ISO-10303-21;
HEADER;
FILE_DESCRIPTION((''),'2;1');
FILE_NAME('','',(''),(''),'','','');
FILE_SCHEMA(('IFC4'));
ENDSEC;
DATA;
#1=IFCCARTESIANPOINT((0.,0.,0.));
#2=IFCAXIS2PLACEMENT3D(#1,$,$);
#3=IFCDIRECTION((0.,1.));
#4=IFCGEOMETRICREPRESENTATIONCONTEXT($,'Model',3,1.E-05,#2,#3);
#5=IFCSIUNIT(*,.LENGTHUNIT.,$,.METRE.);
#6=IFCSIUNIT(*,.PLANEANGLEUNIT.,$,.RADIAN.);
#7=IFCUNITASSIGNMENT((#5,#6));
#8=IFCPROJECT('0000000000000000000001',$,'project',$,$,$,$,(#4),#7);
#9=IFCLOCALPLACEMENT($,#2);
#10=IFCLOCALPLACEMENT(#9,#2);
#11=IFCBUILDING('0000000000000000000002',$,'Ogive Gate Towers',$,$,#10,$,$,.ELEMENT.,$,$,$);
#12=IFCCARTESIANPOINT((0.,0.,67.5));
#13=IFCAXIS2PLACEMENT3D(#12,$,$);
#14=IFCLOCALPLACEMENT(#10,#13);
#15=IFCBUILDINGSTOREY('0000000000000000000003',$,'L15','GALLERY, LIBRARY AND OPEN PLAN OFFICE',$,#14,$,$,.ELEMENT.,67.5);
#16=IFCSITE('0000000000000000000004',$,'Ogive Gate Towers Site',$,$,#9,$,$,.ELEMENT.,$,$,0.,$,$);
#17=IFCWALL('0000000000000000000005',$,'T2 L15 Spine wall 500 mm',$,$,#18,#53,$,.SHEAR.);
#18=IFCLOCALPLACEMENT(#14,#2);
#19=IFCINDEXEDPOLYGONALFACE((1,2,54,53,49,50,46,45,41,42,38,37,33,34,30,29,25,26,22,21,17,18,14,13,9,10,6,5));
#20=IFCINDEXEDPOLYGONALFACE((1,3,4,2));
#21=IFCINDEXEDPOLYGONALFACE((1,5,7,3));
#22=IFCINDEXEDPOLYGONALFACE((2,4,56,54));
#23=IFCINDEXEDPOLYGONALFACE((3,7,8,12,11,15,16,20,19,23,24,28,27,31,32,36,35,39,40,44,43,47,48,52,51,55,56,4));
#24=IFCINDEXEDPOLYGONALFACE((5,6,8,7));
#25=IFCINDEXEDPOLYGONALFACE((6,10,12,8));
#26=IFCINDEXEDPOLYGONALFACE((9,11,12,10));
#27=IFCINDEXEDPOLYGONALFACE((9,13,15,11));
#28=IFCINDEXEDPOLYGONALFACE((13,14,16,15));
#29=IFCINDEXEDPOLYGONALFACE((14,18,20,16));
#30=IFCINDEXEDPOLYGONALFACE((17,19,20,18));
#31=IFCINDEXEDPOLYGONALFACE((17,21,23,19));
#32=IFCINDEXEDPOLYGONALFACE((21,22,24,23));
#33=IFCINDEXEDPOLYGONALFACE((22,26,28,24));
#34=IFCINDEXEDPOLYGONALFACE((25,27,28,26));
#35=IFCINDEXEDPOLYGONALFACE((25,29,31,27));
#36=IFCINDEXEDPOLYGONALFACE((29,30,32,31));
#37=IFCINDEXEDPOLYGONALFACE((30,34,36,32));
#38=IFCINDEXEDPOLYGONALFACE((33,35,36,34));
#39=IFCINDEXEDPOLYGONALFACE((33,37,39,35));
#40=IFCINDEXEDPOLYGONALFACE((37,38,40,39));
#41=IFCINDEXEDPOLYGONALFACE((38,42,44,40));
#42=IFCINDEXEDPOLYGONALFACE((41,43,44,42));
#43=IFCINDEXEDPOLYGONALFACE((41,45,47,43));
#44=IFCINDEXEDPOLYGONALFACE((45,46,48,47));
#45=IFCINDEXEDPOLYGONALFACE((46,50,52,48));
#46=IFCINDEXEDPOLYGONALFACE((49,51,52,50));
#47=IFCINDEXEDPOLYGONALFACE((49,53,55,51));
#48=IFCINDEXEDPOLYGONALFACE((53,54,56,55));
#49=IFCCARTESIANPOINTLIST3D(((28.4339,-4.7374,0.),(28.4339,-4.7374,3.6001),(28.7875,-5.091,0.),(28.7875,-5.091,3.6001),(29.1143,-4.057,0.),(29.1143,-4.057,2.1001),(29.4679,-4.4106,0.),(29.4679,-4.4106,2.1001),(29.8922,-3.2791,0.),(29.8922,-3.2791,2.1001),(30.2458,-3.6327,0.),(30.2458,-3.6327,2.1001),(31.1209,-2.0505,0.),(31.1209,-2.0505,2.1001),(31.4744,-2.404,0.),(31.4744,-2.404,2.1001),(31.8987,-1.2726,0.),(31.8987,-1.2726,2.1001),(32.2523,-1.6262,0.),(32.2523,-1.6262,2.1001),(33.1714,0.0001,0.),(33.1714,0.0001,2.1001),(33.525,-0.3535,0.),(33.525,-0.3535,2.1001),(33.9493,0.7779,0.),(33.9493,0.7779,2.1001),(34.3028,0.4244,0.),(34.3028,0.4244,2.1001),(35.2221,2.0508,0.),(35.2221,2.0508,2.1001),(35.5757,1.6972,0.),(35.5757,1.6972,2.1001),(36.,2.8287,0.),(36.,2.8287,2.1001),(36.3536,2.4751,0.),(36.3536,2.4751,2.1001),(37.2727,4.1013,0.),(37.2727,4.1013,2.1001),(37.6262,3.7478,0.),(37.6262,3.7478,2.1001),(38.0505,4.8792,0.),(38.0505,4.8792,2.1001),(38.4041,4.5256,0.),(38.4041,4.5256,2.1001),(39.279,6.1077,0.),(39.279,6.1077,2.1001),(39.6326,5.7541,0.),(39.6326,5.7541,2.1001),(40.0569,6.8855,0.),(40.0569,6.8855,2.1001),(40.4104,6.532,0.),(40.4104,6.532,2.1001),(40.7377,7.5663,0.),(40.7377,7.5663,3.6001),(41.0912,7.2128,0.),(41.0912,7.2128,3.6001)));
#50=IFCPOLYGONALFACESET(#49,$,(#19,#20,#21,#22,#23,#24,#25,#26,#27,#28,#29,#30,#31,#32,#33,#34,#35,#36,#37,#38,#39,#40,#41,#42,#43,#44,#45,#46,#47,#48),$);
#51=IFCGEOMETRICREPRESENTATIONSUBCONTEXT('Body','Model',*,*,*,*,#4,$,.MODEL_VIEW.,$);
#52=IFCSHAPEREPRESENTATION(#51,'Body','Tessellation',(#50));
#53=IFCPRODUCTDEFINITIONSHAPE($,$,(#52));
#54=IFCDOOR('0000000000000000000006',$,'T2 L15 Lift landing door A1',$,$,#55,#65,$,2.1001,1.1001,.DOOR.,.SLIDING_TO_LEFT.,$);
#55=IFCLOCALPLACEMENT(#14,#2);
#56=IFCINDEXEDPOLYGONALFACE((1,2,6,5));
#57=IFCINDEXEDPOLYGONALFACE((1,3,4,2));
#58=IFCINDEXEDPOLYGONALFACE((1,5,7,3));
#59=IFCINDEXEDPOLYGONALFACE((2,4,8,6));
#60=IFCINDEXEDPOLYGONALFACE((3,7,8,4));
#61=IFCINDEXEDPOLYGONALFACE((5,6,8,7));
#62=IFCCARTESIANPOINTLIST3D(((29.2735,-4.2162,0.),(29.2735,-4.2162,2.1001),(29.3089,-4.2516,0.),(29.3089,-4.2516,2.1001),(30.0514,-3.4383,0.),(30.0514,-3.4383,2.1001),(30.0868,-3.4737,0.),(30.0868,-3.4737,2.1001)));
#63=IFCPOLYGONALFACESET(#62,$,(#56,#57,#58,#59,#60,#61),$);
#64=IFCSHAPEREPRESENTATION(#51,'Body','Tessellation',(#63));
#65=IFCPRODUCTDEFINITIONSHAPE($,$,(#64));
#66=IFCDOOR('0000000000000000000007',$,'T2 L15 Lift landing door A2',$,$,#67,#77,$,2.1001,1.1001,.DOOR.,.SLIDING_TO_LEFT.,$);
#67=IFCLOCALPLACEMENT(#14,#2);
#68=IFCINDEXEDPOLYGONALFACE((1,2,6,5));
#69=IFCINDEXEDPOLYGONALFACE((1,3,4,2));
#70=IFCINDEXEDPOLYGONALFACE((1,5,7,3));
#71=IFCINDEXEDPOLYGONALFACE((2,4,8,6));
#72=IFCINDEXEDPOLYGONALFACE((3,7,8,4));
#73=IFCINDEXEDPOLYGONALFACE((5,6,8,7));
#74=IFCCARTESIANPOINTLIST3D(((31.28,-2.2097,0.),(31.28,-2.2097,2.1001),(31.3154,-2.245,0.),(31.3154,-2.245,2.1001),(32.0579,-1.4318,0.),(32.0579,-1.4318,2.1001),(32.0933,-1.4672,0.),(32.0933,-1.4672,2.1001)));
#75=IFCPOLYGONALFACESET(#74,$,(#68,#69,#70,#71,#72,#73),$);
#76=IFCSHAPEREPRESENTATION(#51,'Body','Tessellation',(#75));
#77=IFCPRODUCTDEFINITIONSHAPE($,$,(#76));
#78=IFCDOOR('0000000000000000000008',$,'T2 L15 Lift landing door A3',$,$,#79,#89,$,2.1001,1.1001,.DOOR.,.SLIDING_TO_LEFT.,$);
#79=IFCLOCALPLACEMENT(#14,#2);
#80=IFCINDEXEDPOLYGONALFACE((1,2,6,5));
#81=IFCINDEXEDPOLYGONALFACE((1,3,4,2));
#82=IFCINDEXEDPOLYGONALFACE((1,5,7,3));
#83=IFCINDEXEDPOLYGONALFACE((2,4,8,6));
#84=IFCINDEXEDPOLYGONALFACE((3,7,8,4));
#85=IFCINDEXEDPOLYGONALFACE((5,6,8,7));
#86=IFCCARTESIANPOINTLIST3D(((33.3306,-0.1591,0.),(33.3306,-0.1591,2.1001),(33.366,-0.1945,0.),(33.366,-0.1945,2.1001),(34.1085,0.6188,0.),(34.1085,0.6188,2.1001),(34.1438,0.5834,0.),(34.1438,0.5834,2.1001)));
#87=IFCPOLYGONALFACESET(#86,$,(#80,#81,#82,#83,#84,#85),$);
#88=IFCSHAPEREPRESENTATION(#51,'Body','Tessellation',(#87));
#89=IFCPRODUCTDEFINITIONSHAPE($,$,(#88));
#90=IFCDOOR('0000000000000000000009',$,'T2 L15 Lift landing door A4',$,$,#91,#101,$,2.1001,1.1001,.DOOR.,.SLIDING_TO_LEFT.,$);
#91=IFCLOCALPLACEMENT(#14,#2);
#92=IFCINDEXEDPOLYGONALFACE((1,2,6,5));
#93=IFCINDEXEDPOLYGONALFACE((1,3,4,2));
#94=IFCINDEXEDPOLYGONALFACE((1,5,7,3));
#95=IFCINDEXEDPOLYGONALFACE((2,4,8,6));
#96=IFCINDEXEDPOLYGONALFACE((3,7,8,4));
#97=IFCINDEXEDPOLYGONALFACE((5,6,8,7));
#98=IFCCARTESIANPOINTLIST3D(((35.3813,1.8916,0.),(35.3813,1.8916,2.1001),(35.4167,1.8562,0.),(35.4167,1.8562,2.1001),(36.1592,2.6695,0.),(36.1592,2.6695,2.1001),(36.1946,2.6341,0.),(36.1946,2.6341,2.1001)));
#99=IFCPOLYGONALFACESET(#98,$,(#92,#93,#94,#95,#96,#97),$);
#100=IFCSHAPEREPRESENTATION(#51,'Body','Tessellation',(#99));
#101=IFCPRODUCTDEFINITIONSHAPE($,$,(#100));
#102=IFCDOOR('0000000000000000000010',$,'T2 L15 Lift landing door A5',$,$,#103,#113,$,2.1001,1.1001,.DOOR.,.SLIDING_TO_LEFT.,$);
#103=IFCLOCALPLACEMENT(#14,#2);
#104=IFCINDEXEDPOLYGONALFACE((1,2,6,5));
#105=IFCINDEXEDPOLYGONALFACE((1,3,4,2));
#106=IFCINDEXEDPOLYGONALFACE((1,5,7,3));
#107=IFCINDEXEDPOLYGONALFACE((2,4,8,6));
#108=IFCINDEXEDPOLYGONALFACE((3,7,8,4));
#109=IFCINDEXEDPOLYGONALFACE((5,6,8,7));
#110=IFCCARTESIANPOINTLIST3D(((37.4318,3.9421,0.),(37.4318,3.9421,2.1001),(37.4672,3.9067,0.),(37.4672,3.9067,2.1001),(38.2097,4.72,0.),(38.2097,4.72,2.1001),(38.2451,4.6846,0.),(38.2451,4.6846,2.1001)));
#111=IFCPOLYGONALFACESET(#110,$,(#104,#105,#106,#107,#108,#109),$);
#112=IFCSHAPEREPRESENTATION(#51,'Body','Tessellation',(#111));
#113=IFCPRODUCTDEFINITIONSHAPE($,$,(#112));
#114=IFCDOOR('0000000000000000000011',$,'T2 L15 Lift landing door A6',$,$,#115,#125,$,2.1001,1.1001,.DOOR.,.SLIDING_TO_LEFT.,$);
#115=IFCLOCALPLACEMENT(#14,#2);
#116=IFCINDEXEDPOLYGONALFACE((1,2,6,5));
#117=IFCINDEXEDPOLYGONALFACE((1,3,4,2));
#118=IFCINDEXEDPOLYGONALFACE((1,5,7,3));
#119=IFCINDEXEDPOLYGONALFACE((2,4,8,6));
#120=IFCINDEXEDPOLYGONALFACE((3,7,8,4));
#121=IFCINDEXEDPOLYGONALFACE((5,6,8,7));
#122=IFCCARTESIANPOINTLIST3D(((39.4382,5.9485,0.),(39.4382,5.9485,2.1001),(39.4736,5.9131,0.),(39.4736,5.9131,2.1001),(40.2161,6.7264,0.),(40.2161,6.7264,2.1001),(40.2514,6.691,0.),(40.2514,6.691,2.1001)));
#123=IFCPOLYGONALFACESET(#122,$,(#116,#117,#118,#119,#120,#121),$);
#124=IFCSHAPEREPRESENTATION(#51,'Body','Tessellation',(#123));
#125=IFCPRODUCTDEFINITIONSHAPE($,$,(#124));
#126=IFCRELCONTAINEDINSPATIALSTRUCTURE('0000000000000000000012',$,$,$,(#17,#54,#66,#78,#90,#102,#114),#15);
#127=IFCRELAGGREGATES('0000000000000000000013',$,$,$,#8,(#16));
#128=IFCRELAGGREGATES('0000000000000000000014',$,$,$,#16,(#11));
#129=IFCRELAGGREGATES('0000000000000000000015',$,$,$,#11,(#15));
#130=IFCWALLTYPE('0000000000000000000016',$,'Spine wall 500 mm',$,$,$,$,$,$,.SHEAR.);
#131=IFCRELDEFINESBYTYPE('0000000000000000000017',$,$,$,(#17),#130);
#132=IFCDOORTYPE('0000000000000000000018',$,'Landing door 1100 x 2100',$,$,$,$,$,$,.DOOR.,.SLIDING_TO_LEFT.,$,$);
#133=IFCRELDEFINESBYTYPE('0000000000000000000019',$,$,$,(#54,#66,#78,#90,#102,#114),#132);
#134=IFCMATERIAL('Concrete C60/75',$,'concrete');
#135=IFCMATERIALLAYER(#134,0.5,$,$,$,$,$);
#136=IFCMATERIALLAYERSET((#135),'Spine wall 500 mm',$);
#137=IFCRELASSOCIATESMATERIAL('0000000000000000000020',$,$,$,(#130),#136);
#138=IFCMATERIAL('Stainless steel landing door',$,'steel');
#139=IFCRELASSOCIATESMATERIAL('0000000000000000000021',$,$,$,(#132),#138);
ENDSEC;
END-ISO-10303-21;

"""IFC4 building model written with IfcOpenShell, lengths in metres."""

from ifc_helpers import new_model, si_unit, direction, frame, frame_2d, origin, place, context, subcontext, project, spatial, rectangle, extrude, material, layer, layer_set, type_object, element, fill, save


model = new_model("IFC4")

# Units and contexts
model_context = context("Model", 3, precision=1e-05, world=origin(), true_north=direction((0.0, 1.0)))
body_context = subcontext(model_context, "Body", "Model", "MODEL_VIEW")
ifc_project = project(units=[si_unit("LENGTHUNIT", "METRE"), si_unit("PLANEANGLEUNIT", "RADIAN")], contexts=[model_context])

# Site, building, storey
site_placement = place(None, origin())
site = spatial("IfcSite", under=ifc_project, at=site_placement, Name="Ogive Gate Towers Site", CompositionType="ELEMENT", RefElevation=0.0)
building_placement = place(site_placement, origin())
building = spatial("IfcBuilding", under=site, at=building_placement, Name="Ogive Gate Towers", CompositionType="ELEMENT")
storey_placement = place(building_placement, frame((0.0, 0.0, 67.5)))
storey = spatial("IfcBuildingStorey", under=building, at=storey_placement, Name="L15", Description="GALLERY, LIBRARY AND OPEN PLAN OFFICE", CompositionType="ELEMENT", Elevation=67.5)

# Shared definitions
ifc_material_1 = material(Name="Concrete C60/75", Category="concrete")

# Wall, openings, doors
ifc_layer_1 = layer(ifc_material_1, 0.5)
ifc_layer_set_1 = layer_set([ifc_layer_1], Name="Spine wall 500 mm")
wall_type_1 = type_object("IfcWallType", Name="Spine wall 500 mm", PredefinedType="SHEAR", material=ifc_layer_set_1)
ifc_material_2 = material(Name="Stainless steel landing door", Category="steel")
wall_1_placement = place(storey_placement, frame((28.6106, -4.9143, 0.0), z_axis=(0.0, 0.0, 1.0), x_axis=(0.707107, 0.707107, 0.0)))
wall_1 = element("IfcWall", 1, at=wall_1_placement, inside=storey, type_object=wall_type_1, Name="T2 L15 Spine wall 500 mm", PredefinedType="SHEAR", context=body_context, shape_type="SweptSolid", body=[
    extrude(rectangle(XDim=17.4001, YDim=0.5, at=frame_2d((8.7002, 0.0))), origin(), (0.0, 0.0, 1.0), 3.6001),
])
opening_1_placement = place(wall_1_placement, frame((0.9624, 0.0, 0.0)))
opening_1 = element("IfcOpeningElement", 2, at=opening_1_placement, cuts=wall_1, PredefinedType="OPENING", context=body_context, shape_type="SweptSolid", body=[
    extrude(rectangle(XDim=1.1001, YDim=2.1001, at=frame_2d((0.55, 1.05))), frame((0.0, 0.26, 0.0), z_axis=(0.0, -1.0, 0.0), x_axis=(1.0, 0.0, 0.0)), (0.0, 0.0, 1.0), 0.52),
])
opening_2_placement = place(wall_1_placement, frame((3.8, 0.0, 0.0)))
opening_2 = element("IfcOpeningElement", 3, at=opening_2_placement, cuts=wall_1, PredefinedType="OPENING", context=body_context, shape_type="SweptSolid", body=[
    extrude(rectangle(XDim=1.1001, YDim=2.1001, at=frame_2d((0.55, 1.05))), frame((0.0, 0.26, 0.0), z_axis=(0.0, -1.0, 0.0), x_axis=(1.0, 0.0, 0.0)), (0.0, 0.0, 1.0), 0.52),
])
opening_3_placement = place(wall_1_placement, frame((6.7, 0.0, 0.0)))
opening_3 = element("IfcOpeningElement", 4, at=opening_3_placement, cuts=wall_1, PredefinedType="OPENING", context=body_context, shape_type="SweptSolid", body=[
    extrude(rectangle(XDim=1.1001, YDim=2.1001, at=frame_2d((0.55, 1.05))), frame((0.0, 0.26, 0.0), z_axis=(0.0, -1.0, 0.0), x_axis=(1.0, 0.0, 0.0)), (0.0, 0.0, 1.0), 0.52),
])
opening_4_placement = place(wall_1_placement, frame((9.6001, 0.0, 0.0)))
opening_4 = element("IfcOpeningElement", 5, at=opening_4_placement, cuts=wall_1, PredefinedType="OPENING", context=body_context, shape_type="SweptSolid", body=[
    extrude(rectangle(XDim=1.1001, YDim=2.1001, at=frame_2d((0.55, 1.05))), frame((0.0, 0.26, 0.0), z_axis=(0.0, -1.0, 0.0), x_axis=(1.0, 0.0, 0.0)), (0.0, 0.0, 1.0), 0.52),
])
opening_5_placement = place(wall_1_placement, frame((12.5, 0.0, 0.0)))
opening_5 = element("IfcOpeningElement", 6, at=opening_5_placement, cuts=wall_1, PredefinedType="OPENING", context=body_context, shape_type="SweptSolid", body=[
    extrude(rectangle(XDim=1.1001, YDim=2.1001, at=frame_2d((0.55, 1.05))), frame((0.0, 0.26, 0.0), z_axis=(0.0, -1.0, 0.0), x_axis=(1.0, 0.0, 0.0)), (0.0, 0.0, 1.0), 0.52),
])
opening_6_placement = place(wall_1_placement, frame((15.3374, 0.0, 0.0)))
opening_6 = element("IfcOpeningElement", 7, at=opening_6_placement, cuts=wall_1, PredefinedType="OPENING", context=body_context, shape_type="SweptSolid", body=[
    extrude(rectangle(XDim=1.1001, YDim=2.1001, at=frame_2d((0.55, 1.05))), frame((0.0, 0.26, 0.0), z_axis=(0.0, -1.0, 0.0), x_axis=(1.0, 0.0, 0.0)), (0.0, 0.0, 1.0), 0.52),
])
door_type_1 = type_object("IfcDoorType", Name="Landing door 1100 x 2100", OperationType="SLIDING_TO_LEFT", PredefinedType="DOOR", material=ifc_material_2)
door_1_placement = place(opening_1_placement, origin())
door_1 = element("IfcDoor", 8, at=door_1_placement, inside=storey, type_object=door_type_1, Name="T2 L15 Lift landing door A1", OperationType="SLIDING_TO_LEFT", OverallHeight=2.1001, OverallWidth=1.1001, PredefinedType="DOOR", context=body_context, shape_type="SweptSolid", body=[
    extrude(rectangle(XDim=1.1001, YDim=2.1001, at=frame_2d((0.55, 1.05))), frame((0.0, 0.0249, 0.0), z_axis=(0.0, -1.0, 0.0), x_axis=(1.0, 0.0, 0.0)), (0.0, 0.0, 1.0), 0.05),
])
fill(opening_1, door_1)
door_2_placement = place(opening_2_placement, origin())
door_2 = element("IfcDoor", 9, at=door_2_placement, inside=storey, type_object=door_type_1, Name="T2 L15 Lift landing door A2", OperationType="SLIDING_TO_LEFT", OverallHeight=2.1001, OverallWidth=1.1001, PredefinedType="DOOR", context=body_context, shape_type="SweptSolid", body=[
    extrude(rectangle(XDim=1.1001, YDim=2.1001, at=frame_2d((0.55, 1.05))), frame((0.0, 0.0249, 0.0), z_axis=(0.0, -1.0, 0.0), x_axis=(1.0, 0.0, 0.0)), (0.0, 0.0, 1.0), 0.05),
])
fill(opening_2, door_2)
door_3_placement = place(opening_3_placement, origin())
door_3 = element("IfcDoor", 10, at=door_3_placement, inside=storey, type_object=door_type_1, Name="T2 L15 Lift landing door A3", OperationType="SLIDING_TO_LEFT", OverallHeight=2.1001, OverallWidth=1.1001, PredefinedType="DOOR", context=body_context, shape_type="SweptSolid", body=[
    extrude(rectangle(XDim=1.1001, YDim=2.1001, at=frame_2d((0.55, 1.05))), frame((0.0, 0.0249, 0.0), z_axis=(0.0, -1.0, 0.0), x_axis=(1.0, 0.0, 0.0)), (0.0, 0.0, 1.0), 0.05),
])
fill(opening_3, door_3)
door_4_placement = place(opening_4_placement, origin())
door_4 = element("IfcDoor", 11, at=door_4_placement, inside=storey, type_object=door_type_1, Name="T2 L15 Lift landing door A4", OperationType="SLIDING_TO_LEFT", OverallHeight=2.1001, OverallWidth=1.1001, PredefinedType="DOOR", context=body_context, shape_type="SweptSolid", body=[
    extrude(rectangle(XDim=1.1001, YDim=2.1001, at=frame_2d((0.55, 1.05))), frame((0.0, 0.0249, 0.0), z_axis=(0.0, -1.0, 0.0), x_axis=(1.0, 0.0, 0.0)), (0.0, 0.0, 1.0), 0.05),
])
fill(opening_4, door_4)
door_5_placement = place(opening_5_placement, origin())
door_5 = element("IfcDoor", 12, at=door_5_placement, inside=storey, type_object=door_type_1, Name="T2 L15 Lift landing door A5", OperationType="SLIDING_TO_LEFT", OverallHeight=2.1001, OverallWidth=1.1001, PredefinedType="DOOR", context=body_context, shape_type="SweptSolid", body=[
    extrude(rectangle(XDim=1.1001, YDim=2.1001, at=frame_2d((0.55, 1.05))), frame((0.0, 0.0249, 0.0), z_axis=(0.0, -1.0, 0.0), x_axis=(1.0, 0.0, 0.0)), (0.0, 0.0, 1.0), 0.05),
])
fill(opening_5, door_5)
door_6_placement = place(opening_6_placement, origin())
door_6 = element("IfcDoor", 13, at=door_6_placement, inside=storey, type_object=door_type_1, Name="T2 L15 Lift landing door A6", OperationType="SLIDING_TO_LEFT", OverallHeight=2.1001, OverallWidth=1.1001, PredefinedType="DOOR", context=body_context, shape_type="SweptSolid", body=[
    extrude(rectangle(XDim=1.1001, YDim=2.1001, at=frame_2d((0.55, 1.05))), frame((0.0, 0.0249, 0.0), z_axis=(0.0, -1.0, 0.0), x_axis=(1.0, 0.0, 0.0)), (0.0, 0.0, 1.0), 0.05),
])
fill(opening_6, door_6)

save(model, "model.ifc")
